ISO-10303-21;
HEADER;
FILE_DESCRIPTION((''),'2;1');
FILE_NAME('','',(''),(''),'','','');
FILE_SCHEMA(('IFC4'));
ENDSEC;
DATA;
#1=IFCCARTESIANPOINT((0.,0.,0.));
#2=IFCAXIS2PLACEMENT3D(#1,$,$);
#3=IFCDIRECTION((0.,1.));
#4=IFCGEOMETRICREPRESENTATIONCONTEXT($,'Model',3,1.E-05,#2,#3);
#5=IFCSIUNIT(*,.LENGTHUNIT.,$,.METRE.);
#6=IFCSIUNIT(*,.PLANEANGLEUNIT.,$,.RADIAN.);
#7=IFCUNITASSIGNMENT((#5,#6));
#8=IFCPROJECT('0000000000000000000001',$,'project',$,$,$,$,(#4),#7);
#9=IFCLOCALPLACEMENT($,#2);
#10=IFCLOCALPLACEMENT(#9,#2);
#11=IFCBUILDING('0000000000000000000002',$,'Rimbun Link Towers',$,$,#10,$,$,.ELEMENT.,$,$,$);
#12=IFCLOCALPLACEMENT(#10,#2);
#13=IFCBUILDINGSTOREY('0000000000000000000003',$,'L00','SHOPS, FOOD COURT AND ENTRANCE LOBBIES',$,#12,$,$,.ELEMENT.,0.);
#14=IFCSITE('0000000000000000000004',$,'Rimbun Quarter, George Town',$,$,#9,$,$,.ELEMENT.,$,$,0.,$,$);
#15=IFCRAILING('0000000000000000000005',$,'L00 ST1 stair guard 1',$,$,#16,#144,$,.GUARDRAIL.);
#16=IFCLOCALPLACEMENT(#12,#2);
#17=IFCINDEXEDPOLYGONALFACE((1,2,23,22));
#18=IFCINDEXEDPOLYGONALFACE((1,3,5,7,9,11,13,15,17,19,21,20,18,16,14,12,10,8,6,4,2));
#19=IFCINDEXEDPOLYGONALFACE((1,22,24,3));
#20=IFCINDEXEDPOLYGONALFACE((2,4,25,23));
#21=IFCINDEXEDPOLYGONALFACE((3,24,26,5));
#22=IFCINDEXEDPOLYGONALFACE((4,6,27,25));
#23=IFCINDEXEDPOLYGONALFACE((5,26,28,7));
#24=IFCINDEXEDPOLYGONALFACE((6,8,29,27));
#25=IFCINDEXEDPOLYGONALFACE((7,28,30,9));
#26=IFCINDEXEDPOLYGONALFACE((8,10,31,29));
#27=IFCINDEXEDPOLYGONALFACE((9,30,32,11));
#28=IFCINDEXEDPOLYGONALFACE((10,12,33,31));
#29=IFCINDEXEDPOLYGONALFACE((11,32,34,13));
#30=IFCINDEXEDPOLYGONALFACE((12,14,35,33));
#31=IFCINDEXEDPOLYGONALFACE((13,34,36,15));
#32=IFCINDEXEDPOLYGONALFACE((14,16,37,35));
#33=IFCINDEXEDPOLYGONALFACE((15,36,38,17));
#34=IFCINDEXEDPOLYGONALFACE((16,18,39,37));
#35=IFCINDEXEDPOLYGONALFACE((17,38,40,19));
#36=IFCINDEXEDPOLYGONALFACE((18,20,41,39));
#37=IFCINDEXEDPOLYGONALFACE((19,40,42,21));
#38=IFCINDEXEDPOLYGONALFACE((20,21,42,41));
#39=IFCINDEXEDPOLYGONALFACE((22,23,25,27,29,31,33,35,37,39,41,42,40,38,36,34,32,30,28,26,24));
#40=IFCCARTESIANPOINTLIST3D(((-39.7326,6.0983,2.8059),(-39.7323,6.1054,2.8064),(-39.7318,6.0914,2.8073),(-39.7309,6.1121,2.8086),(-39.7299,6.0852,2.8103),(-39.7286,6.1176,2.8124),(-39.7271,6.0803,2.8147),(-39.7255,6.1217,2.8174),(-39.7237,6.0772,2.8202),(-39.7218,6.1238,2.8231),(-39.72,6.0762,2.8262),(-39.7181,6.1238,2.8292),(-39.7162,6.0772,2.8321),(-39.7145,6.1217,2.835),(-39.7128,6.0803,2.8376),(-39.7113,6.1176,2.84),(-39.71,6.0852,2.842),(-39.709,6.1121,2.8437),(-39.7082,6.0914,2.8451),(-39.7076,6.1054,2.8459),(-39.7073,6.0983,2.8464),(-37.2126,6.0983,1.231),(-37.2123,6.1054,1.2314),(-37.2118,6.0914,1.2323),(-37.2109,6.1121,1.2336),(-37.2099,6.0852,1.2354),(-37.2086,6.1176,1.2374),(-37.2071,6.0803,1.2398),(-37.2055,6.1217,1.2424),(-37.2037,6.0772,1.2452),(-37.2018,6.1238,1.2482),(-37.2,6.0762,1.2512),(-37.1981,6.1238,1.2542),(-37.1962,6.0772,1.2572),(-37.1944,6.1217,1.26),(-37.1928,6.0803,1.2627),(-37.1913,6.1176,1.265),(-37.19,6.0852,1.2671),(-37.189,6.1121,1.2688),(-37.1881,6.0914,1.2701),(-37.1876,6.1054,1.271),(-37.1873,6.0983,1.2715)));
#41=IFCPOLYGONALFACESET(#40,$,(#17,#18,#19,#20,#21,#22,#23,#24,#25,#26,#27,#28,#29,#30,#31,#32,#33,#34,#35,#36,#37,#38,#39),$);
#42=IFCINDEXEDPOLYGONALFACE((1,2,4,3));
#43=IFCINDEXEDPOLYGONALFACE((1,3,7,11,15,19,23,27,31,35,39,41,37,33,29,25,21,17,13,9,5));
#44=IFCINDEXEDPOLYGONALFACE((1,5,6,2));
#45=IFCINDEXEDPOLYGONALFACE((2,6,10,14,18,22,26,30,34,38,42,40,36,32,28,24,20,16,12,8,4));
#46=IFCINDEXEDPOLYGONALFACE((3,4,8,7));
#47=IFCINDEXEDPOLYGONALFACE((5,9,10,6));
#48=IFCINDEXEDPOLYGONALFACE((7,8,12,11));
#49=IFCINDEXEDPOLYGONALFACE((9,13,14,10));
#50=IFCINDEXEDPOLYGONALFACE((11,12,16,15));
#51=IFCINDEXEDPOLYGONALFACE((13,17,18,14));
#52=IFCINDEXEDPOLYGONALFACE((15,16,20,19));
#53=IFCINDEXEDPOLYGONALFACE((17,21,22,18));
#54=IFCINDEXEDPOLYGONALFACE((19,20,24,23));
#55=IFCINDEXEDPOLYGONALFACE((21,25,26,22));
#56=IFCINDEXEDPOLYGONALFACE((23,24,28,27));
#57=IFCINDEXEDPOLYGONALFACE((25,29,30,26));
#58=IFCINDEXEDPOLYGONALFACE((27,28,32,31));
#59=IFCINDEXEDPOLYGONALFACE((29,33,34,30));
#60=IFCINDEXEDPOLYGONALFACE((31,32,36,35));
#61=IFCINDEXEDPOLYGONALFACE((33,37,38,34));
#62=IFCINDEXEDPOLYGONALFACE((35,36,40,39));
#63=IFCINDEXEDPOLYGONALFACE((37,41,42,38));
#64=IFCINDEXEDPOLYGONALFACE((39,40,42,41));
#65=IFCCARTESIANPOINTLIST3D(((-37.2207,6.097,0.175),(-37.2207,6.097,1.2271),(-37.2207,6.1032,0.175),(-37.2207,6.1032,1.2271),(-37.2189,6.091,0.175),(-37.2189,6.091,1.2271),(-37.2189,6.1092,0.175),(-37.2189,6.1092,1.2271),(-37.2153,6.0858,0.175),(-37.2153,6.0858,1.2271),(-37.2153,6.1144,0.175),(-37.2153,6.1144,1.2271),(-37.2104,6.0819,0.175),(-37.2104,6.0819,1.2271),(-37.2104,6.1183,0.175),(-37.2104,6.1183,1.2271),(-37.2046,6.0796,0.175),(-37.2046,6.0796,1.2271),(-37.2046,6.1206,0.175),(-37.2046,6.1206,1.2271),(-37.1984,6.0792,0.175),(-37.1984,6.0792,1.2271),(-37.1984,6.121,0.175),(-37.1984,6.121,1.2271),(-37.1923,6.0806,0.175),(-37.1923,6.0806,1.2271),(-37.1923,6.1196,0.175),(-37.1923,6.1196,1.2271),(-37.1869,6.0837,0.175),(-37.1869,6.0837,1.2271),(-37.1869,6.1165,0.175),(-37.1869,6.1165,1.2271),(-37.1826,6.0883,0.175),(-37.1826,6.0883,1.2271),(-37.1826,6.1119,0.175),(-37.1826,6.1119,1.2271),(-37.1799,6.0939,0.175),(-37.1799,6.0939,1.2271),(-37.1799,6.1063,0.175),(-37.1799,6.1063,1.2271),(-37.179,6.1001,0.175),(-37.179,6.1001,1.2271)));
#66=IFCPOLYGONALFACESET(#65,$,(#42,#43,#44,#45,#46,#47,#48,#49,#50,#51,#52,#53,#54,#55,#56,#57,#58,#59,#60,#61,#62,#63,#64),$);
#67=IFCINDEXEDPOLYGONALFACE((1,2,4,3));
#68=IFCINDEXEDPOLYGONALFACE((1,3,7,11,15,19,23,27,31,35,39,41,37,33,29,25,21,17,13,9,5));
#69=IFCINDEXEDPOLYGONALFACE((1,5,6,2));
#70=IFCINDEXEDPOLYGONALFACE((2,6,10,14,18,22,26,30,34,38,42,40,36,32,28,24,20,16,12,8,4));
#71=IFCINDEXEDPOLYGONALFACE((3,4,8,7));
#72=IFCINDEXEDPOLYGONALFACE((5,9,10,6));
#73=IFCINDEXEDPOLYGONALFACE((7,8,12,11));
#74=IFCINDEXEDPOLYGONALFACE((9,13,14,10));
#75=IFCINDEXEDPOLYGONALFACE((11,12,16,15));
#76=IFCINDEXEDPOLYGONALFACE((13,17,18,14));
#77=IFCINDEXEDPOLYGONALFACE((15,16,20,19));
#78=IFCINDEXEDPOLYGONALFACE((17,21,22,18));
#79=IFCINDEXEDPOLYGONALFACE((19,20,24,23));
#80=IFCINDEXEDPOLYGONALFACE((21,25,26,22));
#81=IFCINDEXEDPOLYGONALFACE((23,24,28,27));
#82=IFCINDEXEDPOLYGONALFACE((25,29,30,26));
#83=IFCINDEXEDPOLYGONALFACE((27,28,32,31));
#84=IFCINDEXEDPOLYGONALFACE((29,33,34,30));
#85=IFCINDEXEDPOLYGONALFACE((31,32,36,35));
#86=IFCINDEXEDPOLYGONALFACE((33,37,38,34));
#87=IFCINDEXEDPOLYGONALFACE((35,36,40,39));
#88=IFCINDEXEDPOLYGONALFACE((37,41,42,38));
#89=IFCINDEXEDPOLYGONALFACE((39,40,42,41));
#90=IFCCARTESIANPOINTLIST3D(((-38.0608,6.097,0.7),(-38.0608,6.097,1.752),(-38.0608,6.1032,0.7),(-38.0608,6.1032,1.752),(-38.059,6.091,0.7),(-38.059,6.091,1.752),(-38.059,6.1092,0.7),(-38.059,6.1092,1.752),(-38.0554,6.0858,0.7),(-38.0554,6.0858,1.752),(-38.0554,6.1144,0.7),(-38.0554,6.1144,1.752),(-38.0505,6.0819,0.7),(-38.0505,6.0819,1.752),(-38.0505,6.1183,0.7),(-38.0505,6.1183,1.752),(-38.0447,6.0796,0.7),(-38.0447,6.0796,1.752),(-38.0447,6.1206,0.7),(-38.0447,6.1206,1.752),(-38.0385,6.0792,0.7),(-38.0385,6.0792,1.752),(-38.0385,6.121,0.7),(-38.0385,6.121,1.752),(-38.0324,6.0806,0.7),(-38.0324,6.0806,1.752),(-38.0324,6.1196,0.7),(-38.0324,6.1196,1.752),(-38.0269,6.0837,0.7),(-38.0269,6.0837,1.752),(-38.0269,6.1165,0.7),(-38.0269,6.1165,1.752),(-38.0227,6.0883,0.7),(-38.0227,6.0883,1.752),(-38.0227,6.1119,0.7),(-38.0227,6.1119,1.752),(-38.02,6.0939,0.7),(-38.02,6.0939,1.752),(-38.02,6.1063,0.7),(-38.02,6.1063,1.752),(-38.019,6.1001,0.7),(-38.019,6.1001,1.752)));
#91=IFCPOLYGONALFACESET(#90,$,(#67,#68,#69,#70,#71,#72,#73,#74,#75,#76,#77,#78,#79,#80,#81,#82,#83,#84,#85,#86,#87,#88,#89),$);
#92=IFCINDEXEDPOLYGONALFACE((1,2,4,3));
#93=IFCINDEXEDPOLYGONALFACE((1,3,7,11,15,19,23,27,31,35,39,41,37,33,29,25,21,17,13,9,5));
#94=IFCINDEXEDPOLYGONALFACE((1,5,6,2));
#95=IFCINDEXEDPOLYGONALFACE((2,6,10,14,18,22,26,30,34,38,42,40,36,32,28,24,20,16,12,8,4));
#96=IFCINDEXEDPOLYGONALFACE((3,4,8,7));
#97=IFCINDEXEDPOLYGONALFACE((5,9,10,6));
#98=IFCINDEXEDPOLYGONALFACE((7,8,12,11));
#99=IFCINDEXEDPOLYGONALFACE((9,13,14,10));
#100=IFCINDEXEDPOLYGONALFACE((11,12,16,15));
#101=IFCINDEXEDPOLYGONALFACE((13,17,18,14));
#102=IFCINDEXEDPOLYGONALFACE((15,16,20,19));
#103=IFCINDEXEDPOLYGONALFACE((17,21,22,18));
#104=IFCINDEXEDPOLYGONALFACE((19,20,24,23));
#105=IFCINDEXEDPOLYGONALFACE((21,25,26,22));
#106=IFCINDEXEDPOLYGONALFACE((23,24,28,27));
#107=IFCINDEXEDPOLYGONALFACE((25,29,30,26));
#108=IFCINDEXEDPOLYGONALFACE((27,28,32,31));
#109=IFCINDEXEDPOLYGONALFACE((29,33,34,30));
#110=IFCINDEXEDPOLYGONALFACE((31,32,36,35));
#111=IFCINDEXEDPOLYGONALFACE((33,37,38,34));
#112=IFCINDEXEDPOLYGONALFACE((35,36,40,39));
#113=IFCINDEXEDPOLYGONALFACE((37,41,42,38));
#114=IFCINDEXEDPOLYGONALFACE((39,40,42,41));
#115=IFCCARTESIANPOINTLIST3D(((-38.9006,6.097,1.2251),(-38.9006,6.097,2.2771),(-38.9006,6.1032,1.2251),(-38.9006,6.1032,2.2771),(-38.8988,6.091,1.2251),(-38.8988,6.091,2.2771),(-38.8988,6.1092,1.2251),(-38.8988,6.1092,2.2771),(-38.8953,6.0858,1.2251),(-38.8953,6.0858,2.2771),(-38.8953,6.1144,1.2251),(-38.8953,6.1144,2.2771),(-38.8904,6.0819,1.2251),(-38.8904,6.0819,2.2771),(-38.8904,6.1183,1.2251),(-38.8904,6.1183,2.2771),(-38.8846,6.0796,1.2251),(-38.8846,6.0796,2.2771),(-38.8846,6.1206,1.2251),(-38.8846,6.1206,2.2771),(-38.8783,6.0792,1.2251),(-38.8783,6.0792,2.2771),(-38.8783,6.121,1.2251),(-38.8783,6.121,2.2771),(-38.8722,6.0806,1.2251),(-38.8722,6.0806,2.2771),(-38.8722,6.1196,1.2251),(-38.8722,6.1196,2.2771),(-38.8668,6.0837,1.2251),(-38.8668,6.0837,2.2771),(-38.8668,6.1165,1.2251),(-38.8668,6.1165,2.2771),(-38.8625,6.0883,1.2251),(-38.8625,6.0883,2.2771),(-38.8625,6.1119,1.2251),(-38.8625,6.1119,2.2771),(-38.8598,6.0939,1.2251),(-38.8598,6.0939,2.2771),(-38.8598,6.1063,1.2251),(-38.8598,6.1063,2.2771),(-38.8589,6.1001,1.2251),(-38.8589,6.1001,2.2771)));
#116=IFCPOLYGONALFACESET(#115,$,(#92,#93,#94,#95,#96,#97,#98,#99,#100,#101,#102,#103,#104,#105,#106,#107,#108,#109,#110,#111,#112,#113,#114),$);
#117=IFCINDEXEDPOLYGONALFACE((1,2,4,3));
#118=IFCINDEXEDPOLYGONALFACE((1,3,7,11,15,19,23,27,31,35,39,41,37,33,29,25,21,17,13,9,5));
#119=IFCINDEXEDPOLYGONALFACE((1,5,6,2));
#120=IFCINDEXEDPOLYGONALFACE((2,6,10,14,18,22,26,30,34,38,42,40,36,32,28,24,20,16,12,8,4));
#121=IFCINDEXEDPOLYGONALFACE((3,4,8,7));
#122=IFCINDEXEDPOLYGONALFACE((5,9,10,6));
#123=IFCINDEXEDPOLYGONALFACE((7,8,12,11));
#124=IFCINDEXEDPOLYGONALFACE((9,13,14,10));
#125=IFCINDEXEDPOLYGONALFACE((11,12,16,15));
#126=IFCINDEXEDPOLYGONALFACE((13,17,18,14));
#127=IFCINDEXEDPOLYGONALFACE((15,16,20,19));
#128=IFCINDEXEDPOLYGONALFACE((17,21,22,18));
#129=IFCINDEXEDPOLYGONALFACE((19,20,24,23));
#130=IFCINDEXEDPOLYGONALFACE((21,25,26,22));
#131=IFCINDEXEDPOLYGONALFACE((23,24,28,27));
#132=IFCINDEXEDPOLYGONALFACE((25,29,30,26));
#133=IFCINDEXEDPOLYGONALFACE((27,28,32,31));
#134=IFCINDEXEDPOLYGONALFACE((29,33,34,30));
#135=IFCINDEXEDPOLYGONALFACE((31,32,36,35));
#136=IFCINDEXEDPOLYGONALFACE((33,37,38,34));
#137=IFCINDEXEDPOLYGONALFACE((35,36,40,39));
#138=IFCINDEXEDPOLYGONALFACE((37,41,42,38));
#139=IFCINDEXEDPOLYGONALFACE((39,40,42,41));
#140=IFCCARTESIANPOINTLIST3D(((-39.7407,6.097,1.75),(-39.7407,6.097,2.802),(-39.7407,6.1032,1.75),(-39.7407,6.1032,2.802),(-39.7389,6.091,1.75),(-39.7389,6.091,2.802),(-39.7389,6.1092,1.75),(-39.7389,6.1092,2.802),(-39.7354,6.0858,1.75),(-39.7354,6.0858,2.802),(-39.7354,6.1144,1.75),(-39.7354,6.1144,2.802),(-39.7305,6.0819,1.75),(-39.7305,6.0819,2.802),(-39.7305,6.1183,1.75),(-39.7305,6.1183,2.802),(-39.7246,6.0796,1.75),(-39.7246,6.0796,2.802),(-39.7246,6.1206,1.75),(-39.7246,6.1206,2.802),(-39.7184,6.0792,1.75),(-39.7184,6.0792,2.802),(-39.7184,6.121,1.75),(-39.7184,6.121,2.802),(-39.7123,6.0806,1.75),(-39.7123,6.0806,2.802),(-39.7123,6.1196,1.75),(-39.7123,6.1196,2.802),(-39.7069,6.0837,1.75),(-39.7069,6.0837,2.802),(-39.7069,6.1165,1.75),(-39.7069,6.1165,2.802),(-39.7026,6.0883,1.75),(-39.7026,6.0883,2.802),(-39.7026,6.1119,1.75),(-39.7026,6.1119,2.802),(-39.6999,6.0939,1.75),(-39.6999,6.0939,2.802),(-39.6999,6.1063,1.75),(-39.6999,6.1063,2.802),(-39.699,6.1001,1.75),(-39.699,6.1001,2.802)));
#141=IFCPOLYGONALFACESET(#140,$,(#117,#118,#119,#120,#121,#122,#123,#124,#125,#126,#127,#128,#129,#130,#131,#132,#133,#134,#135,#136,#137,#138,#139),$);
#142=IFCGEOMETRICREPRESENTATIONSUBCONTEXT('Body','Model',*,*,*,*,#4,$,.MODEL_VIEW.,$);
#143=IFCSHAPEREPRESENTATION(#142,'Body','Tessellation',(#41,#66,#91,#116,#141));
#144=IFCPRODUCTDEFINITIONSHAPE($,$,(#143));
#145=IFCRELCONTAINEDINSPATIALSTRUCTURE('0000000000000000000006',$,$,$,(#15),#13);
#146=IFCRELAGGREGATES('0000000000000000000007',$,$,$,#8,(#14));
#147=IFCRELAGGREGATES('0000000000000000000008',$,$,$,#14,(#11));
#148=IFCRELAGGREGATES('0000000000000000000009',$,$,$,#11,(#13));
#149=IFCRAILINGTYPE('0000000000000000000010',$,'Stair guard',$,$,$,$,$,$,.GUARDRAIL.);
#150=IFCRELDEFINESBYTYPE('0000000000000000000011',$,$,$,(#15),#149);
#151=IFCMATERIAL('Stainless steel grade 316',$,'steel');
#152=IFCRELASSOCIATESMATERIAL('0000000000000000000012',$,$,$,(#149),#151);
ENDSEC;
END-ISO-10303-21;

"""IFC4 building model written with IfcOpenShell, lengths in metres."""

from ifc_helpers import new_model, si_unit, direction, frame, origin, origin_2d, place, context, subcontext, project, spatial, circle, extrude, material, type_object, element, save


model = new_model("IFC4")

# Units and contexts
model_context = context("Model", 3, precision=1e-05, world=origin(), true_north=direction((0.0, 1.0)))
body_context = subcontext(model_context, "Body", "Model", "MODEL_VIEW")
ifc_project = project(units=[si_unit("LENGTHUNIT", "METRE"), si_unit("PLANEANGLEUNIT", "RADIAN")], contexts=[model_context])

# Site, building, storey
site_placement = place(None, origin())
site = spatial("IfcSite", under=ifc_project, at=site_placement, Name="Rimbun Quarter, George Town", CompositionType="ELEMENT", RefElevation=0.0)
building_placement = place(site_placement, origin())
building = spatial("IfcBuilding", under=site, at=building_placement, Name="Rimbun Link Towers", CompositionType="ELEMENT")
storey_placement = place(building_placement, origin())
storey = spatial("IfcBuildingStorey", under=building, at=storey_placement, Name="L00", Description="SHOPS, FOOD COURT AND ENTRANCE LOBBIES", CompositionType="ELEMENT", Elevation=0.0)

# Railing
ifc_material_1 = material(Name="Stainless steel grade 316", Category="steel")
railing_type_1 = type_object("IfcRailingType", Name="Stair guard", PredefinedType="GUARDRAIL", material=ifc_material_1)
railing_1_placement = place(storey_placement, frame((-37.2, 6.1001, 0.175)))
element("IfcRailing", 1, at=railing_1_placement, inside=storey, type_object=railing_type_1, Name="L00 ST1 stair guard 1", PredefinedType="GUARDRAIL", context=body_context, shape_type="SweptSolid", body=[
    extrude(circle(Radius=0.0239, at=origin_2d()), frame((0.0, 0.0, 1.0762), z_axis=(-0.848008, 0.0, 0.529984), x_axis=(0.0, -1.0, 0.0)), (0.0, 0.0, 1.0), 2.9717),
    extrude(circle(Radius=0.021, at=origin_2d()), origin(), (0.0, 0.0, 1.0), 1.052),
    extrude(circle(Radius=0.021, at=origin_2d()), frame((-0.8401, 0.0, 0.5249)), (0.0, 0.0, 1.0), 1.052),
    extrude(circle(Radius=0.021, at=origin_2d()), frame((-1.6799, 0.0, 1.05)), (0.0, 0.0, 1.0), 1.052),
    extrude(circle(Radius=0.021, at=origin_2d()), frame((-2.52, 0.0, 1.575)), (0.0, 0.0, 1.0), 1.052),
])

save(model, "model.ifc")
